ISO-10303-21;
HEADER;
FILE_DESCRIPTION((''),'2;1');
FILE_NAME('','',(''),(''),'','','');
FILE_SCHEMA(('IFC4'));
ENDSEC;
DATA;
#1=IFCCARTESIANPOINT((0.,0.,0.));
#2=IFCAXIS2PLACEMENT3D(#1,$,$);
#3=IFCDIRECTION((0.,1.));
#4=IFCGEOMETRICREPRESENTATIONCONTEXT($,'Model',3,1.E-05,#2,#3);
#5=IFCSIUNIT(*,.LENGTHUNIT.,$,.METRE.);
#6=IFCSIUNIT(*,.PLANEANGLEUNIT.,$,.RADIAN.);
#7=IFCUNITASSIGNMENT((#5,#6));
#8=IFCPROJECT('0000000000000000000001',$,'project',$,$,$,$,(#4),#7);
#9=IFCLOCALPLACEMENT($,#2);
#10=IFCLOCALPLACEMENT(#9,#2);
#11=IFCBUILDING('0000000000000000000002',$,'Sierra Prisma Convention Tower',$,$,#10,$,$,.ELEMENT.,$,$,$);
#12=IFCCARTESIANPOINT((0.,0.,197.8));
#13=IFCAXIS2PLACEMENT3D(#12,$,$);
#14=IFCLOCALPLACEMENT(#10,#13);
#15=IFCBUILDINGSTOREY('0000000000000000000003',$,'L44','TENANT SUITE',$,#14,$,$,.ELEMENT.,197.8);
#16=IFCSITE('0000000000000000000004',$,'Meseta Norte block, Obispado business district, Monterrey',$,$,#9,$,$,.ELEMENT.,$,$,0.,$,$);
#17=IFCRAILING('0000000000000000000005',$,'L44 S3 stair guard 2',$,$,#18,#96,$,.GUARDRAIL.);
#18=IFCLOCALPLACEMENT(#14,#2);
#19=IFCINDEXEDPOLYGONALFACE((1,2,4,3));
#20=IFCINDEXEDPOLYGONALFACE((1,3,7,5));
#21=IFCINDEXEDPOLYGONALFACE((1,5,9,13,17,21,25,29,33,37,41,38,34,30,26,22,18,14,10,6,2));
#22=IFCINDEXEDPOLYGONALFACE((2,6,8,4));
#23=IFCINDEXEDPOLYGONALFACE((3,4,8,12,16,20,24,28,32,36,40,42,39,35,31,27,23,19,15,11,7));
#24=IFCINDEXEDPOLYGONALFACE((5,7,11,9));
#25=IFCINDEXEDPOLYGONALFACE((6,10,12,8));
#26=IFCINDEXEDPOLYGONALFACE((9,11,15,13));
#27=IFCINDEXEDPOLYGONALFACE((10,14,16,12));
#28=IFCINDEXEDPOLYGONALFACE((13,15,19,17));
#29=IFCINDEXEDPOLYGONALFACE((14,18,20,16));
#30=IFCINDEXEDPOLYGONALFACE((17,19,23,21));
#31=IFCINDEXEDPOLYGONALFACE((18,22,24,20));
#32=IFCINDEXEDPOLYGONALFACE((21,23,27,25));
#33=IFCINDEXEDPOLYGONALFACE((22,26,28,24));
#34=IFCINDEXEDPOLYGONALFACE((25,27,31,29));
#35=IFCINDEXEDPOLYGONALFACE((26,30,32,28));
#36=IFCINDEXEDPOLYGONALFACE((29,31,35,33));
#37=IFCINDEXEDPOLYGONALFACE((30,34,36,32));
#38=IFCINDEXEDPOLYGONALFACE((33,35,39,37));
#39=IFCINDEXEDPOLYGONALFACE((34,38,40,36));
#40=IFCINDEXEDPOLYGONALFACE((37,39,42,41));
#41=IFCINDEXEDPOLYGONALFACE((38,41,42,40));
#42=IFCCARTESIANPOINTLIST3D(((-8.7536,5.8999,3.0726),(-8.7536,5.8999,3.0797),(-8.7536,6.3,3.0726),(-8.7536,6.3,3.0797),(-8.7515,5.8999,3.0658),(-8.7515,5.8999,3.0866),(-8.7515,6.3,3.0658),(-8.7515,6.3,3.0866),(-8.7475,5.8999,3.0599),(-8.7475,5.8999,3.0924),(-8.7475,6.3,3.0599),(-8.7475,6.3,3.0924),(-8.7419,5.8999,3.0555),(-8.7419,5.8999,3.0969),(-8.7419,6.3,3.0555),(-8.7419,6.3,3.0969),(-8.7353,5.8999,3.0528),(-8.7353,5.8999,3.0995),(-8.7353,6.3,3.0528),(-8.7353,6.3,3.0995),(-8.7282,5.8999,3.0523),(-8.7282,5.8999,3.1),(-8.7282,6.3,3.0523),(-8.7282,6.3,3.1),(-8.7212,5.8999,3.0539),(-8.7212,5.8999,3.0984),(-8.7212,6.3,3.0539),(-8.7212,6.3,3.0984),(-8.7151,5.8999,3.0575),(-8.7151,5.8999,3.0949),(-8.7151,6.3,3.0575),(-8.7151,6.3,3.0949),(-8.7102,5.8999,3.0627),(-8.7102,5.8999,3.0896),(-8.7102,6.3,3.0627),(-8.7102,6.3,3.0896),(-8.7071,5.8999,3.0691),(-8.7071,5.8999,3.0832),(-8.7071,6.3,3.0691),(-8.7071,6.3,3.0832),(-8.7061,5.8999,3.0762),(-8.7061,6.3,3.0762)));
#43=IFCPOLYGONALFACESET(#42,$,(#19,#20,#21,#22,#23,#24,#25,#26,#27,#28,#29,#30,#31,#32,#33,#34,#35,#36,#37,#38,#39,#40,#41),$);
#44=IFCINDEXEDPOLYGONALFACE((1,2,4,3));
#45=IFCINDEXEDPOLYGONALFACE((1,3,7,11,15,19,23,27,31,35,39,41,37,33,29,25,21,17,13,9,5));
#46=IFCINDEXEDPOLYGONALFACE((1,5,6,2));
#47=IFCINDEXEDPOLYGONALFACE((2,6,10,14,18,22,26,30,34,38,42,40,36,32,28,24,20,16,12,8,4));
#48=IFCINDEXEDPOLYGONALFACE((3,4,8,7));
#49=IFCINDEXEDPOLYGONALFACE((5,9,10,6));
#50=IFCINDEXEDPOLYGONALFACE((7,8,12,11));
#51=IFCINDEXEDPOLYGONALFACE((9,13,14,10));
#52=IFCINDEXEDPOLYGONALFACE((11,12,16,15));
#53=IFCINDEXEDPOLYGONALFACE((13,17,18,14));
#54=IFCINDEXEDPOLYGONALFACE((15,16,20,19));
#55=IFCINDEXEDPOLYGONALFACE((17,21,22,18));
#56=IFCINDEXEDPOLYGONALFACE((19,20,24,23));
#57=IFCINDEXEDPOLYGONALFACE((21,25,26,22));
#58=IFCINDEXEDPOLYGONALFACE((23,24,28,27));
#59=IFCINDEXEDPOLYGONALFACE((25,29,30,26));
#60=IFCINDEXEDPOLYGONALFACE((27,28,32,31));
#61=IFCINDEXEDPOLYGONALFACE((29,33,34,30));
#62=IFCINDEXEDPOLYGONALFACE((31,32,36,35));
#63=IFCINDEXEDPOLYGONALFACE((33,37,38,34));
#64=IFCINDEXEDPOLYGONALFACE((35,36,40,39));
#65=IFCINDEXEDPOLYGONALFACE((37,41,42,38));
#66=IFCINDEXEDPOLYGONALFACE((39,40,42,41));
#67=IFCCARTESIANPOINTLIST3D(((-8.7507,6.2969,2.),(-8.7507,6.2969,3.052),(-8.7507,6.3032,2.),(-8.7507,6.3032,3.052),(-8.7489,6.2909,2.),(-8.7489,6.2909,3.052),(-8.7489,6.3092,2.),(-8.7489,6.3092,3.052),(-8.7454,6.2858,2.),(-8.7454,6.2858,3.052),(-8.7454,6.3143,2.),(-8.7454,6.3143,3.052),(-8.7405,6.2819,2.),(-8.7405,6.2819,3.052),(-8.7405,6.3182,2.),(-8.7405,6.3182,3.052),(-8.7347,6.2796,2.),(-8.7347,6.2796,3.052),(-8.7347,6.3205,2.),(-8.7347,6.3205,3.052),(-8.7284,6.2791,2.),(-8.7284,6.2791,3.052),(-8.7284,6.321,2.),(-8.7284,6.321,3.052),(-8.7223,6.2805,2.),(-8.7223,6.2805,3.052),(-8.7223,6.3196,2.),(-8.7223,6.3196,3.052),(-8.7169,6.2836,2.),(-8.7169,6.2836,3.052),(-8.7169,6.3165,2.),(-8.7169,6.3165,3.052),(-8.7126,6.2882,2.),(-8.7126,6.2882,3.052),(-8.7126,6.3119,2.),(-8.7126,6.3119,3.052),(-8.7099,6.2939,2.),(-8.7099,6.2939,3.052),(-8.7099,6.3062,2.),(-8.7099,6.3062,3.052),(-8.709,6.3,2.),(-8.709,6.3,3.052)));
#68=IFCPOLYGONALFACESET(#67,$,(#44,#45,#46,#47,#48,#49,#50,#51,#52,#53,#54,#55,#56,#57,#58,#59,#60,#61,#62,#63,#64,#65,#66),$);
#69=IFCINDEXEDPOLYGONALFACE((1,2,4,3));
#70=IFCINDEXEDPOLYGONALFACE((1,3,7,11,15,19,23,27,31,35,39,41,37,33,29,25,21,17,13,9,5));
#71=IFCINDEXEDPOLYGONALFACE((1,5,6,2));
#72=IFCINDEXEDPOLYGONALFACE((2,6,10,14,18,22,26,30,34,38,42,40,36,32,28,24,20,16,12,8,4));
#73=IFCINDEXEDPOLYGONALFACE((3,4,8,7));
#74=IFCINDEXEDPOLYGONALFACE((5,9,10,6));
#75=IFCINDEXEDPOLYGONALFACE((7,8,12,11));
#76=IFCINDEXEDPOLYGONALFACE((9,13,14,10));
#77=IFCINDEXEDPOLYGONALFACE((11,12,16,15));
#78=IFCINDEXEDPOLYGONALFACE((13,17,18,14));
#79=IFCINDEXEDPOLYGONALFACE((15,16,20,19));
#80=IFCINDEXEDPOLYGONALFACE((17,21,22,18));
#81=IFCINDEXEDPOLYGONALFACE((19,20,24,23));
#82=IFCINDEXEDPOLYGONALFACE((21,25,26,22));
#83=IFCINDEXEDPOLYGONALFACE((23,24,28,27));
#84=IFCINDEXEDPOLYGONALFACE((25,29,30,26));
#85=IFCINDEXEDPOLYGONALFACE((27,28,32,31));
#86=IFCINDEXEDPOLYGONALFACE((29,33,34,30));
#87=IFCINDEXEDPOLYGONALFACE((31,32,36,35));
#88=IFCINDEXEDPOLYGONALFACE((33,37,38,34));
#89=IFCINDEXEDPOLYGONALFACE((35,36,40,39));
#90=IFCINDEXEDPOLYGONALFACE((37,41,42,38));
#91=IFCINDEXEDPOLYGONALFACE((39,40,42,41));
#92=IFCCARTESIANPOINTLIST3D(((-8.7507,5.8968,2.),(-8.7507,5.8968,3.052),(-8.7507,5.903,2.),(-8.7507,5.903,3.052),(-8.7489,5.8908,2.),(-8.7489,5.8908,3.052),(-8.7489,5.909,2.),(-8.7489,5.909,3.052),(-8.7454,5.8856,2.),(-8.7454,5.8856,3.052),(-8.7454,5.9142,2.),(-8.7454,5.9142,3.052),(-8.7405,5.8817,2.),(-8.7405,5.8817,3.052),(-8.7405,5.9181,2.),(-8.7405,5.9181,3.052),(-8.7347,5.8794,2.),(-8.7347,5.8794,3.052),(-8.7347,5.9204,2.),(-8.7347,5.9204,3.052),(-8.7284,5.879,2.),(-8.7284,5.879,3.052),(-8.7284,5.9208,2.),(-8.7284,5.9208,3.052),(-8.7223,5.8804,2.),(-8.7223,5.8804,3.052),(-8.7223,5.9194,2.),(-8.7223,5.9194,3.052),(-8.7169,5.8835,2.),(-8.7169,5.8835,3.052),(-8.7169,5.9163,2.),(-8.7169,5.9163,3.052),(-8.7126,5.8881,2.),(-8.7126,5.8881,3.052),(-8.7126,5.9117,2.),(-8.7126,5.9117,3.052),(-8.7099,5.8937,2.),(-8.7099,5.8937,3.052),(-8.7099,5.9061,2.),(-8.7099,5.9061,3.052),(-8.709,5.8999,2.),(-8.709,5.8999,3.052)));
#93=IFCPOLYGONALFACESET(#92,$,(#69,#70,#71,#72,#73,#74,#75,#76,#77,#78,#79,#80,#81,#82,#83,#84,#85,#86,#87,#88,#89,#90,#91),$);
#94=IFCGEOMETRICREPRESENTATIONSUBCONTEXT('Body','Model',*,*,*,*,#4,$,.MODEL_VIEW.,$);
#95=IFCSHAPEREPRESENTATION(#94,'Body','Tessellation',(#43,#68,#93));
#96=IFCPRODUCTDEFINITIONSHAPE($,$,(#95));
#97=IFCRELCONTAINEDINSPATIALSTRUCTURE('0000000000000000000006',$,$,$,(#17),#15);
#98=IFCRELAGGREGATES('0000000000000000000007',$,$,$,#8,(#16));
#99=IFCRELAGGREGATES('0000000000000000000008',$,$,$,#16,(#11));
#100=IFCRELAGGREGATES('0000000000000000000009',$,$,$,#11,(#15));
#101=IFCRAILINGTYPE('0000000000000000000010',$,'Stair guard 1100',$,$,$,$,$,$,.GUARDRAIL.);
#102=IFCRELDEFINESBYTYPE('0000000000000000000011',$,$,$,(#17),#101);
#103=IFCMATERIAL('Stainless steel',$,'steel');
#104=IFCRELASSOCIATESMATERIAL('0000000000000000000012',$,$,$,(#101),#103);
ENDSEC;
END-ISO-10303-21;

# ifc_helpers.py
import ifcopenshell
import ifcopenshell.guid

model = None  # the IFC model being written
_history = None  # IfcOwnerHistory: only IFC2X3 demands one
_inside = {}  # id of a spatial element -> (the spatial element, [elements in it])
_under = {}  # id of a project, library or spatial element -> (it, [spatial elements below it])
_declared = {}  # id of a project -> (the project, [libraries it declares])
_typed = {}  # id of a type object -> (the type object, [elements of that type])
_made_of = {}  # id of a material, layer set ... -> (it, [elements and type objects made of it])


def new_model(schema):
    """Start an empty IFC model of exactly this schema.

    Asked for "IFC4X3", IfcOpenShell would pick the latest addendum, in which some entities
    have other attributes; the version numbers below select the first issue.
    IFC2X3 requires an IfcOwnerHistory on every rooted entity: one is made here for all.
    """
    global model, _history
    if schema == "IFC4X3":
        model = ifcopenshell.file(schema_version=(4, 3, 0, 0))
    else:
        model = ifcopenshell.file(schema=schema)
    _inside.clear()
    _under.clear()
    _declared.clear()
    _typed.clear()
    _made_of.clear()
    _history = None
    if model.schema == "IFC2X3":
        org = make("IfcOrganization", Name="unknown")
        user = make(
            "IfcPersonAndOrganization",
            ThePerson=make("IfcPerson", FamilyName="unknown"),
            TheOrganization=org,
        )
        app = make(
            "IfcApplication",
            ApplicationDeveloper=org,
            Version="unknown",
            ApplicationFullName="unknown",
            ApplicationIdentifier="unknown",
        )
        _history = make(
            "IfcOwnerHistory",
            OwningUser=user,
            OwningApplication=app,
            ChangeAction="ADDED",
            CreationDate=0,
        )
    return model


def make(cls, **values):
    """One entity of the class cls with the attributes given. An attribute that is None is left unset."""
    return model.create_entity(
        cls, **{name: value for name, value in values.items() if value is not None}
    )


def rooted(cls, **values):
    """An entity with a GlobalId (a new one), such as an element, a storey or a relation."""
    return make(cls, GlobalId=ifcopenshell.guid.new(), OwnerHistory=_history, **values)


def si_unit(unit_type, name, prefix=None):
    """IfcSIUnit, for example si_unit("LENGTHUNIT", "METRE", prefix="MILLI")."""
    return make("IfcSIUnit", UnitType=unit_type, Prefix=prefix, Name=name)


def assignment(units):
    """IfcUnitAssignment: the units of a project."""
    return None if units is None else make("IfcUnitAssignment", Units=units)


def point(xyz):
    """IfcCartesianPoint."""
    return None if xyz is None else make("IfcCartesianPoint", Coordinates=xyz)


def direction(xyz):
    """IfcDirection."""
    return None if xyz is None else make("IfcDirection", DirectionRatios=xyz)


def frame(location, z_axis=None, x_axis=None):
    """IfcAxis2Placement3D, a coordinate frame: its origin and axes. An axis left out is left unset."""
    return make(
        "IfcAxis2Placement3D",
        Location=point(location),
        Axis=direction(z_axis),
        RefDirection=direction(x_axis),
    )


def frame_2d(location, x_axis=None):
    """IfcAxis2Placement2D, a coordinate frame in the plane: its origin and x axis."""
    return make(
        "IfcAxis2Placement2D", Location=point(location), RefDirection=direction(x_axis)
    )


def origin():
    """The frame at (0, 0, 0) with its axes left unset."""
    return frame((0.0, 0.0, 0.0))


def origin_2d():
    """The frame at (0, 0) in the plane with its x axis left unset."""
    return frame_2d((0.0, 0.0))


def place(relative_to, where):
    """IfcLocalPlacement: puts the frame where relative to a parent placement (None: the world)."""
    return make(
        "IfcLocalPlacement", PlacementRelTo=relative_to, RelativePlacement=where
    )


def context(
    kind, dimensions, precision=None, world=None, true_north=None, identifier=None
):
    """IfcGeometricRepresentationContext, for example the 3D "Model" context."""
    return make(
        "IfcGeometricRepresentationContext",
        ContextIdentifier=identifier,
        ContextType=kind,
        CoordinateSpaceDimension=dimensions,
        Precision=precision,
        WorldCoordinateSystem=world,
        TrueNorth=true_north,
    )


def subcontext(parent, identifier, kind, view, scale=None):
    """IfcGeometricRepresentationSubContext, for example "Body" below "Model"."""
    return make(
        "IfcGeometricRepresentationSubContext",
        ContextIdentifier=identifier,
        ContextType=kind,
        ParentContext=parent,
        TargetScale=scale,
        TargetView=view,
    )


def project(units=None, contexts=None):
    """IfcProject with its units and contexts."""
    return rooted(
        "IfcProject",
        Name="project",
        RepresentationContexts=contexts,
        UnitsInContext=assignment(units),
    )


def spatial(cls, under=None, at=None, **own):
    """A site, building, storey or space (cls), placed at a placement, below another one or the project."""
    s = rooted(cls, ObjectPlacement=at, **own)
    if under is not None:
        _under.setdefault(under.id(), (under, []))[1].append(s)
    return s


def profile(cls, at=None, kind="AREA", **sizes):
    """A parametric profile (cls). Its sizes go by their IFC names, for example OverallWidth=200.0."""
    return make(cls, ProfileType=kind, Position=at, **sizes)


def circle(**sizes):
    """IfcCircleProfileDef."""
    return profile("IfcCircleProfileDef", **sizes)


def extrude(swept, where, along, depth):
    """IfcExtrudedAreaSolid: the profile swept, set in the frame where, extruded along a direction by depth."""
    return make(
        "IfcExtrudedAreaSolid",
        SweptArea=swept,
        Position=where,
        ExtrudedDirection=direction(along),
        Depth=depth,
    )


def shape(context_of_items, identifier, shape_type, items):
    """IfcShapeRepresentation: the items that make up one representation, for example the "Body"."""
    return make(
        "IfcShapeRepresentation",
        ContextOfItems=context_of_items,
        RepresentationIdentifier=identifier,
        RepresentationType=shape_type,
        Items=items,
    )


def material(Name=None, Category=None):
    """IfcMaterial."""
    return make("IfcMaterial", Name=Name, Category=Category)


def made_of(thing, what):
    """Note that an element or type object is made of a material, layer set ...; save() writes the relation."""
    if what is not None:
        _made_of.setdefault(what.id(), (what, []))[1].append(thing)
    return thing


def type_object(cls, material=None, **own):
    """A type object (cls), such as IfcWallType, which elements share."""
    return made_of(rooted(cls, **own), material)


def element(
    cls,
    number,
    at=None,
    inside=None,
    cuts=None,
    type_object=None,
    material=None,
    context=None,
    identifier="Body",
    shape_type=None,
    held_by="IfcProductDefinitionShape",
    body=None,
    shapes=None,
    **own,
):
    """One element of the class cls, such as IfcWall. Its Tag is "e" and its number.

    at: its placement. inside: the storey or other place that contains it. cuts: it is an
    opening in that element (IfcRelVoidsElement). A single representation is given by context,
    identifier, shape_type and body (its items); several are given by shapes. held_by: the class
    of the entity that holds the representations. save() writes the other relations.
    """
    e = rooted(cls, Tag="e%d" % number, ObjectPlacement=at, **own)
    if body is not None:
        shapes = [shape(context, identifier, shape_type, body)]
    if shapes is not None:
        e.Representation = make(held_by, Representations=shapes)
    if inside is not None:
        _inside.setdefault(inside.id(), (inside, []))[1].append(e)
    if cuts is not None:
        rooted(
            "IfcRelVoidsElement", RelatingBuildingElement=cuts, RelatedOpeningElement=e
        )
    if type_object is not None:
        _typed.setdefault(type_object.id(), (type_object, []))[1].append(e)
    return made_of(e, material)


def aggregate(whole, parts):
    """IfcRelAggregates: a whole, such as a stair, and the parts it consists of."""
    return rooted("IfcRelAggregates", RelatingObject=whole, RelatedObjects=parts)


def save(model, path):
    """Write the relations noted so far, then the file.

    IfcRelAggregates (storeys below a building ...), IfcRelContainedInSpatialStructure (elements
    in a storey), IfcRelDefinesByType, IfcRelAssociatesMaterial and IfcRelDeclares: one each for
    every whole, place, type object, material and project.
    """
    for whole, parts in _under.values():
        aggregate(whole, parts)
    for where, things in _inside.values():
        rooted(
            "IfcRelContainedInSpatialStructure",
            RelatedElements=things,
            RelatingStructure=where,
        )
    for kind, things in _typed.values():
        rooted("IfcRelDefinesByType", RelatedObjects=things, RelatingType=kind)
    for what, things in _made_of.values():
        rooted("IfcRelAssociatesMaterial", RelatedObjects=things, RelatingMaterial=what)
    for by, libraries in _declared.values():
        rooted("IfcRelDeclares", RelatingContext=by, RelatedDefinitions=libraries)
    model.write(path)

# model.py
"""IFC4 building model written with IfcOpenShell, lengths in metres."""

from ifc_helpers import new_model, si_unit, direction, frame, origin, origin_2d, place, context, subcontext, project, spatial, circle, extrude, material, type_object, element, save


model = new_model("IFC4")

# Units and contexts
model_context = context("Model", 3, precision=1e-05, world=origin(), true_north=direction((0.0, 1.0)))
body_context = subcontext(model_context, "Body", "Model", "MODEL_VIEW")
ifc_project = project(units=[si_unit("LENGTHUNIT", "METRE"), si_unit("PLANEANGLEUNIT", "RADIAN")], contexts=[model_context])

# Site, building, storey
site_placement = place(None, origin())
site = spatial("IfcSite", under=ifc_project, at=site_placement, Name="Meseta Norte block, Obispado business district, Monterrey", CompositionType="ELEMENT", RefElevation=0.0)
building_placement = place(site_placement, origin())
building = spatial("IfcBuilding", under=site, at=building_placement, Name="Sierra Prisma Convention Tower", CompositionType="ELEMENT")
storey_placement = place(building_placement, frame((0.0, 0.0, 197.8)))
storey = spatial("IfcBuildingStorey", under=building, at=storey_placement, Name="L44", Description="TENANT SUITE", CompositionType="ELEMENT", Elevation=197.8)

# Railing
ifc_material_1 = material(Name="Stainless steel", Category="steel")
railing_type = type_object("IfcRailingType", Name="Stair guard 1100", PredefinedType="GUARDRAIL", material=ifc_material_1)
railing_placement = place(storey_placement, frame((-8.73, 6.3, 2.0)))
element("IfcRailing", 1, at=railing_placement, inside=storey, type_object=railing_type, Name="L44 S3 stair guard 2", PredefinedType="GUARDRAIL", context=body_context, shape_type="SweptSolid", body=[
    extrude(circle(Radius=0.0239, at=origin_2d()), frame((0.0, 0.0, 1.0762), z_axis=(0.0, -1.0, 0.0), x_axis=(1.0, 0.0, 0.0)), (0.0, 0.0, 1.0), 0.4001),
    extrude(circle(Radius=0.021, at=origin_2d()), origin(), (0.0, 0.0, 1.0), 1.052),
    extrude(circle(Radius=0.021, at=origin_2d()), frame((0.0, -0.4001, 0.0)), (0.0, 0.0, 1.0), 1.052),
])

save(model, "model.ifc")
